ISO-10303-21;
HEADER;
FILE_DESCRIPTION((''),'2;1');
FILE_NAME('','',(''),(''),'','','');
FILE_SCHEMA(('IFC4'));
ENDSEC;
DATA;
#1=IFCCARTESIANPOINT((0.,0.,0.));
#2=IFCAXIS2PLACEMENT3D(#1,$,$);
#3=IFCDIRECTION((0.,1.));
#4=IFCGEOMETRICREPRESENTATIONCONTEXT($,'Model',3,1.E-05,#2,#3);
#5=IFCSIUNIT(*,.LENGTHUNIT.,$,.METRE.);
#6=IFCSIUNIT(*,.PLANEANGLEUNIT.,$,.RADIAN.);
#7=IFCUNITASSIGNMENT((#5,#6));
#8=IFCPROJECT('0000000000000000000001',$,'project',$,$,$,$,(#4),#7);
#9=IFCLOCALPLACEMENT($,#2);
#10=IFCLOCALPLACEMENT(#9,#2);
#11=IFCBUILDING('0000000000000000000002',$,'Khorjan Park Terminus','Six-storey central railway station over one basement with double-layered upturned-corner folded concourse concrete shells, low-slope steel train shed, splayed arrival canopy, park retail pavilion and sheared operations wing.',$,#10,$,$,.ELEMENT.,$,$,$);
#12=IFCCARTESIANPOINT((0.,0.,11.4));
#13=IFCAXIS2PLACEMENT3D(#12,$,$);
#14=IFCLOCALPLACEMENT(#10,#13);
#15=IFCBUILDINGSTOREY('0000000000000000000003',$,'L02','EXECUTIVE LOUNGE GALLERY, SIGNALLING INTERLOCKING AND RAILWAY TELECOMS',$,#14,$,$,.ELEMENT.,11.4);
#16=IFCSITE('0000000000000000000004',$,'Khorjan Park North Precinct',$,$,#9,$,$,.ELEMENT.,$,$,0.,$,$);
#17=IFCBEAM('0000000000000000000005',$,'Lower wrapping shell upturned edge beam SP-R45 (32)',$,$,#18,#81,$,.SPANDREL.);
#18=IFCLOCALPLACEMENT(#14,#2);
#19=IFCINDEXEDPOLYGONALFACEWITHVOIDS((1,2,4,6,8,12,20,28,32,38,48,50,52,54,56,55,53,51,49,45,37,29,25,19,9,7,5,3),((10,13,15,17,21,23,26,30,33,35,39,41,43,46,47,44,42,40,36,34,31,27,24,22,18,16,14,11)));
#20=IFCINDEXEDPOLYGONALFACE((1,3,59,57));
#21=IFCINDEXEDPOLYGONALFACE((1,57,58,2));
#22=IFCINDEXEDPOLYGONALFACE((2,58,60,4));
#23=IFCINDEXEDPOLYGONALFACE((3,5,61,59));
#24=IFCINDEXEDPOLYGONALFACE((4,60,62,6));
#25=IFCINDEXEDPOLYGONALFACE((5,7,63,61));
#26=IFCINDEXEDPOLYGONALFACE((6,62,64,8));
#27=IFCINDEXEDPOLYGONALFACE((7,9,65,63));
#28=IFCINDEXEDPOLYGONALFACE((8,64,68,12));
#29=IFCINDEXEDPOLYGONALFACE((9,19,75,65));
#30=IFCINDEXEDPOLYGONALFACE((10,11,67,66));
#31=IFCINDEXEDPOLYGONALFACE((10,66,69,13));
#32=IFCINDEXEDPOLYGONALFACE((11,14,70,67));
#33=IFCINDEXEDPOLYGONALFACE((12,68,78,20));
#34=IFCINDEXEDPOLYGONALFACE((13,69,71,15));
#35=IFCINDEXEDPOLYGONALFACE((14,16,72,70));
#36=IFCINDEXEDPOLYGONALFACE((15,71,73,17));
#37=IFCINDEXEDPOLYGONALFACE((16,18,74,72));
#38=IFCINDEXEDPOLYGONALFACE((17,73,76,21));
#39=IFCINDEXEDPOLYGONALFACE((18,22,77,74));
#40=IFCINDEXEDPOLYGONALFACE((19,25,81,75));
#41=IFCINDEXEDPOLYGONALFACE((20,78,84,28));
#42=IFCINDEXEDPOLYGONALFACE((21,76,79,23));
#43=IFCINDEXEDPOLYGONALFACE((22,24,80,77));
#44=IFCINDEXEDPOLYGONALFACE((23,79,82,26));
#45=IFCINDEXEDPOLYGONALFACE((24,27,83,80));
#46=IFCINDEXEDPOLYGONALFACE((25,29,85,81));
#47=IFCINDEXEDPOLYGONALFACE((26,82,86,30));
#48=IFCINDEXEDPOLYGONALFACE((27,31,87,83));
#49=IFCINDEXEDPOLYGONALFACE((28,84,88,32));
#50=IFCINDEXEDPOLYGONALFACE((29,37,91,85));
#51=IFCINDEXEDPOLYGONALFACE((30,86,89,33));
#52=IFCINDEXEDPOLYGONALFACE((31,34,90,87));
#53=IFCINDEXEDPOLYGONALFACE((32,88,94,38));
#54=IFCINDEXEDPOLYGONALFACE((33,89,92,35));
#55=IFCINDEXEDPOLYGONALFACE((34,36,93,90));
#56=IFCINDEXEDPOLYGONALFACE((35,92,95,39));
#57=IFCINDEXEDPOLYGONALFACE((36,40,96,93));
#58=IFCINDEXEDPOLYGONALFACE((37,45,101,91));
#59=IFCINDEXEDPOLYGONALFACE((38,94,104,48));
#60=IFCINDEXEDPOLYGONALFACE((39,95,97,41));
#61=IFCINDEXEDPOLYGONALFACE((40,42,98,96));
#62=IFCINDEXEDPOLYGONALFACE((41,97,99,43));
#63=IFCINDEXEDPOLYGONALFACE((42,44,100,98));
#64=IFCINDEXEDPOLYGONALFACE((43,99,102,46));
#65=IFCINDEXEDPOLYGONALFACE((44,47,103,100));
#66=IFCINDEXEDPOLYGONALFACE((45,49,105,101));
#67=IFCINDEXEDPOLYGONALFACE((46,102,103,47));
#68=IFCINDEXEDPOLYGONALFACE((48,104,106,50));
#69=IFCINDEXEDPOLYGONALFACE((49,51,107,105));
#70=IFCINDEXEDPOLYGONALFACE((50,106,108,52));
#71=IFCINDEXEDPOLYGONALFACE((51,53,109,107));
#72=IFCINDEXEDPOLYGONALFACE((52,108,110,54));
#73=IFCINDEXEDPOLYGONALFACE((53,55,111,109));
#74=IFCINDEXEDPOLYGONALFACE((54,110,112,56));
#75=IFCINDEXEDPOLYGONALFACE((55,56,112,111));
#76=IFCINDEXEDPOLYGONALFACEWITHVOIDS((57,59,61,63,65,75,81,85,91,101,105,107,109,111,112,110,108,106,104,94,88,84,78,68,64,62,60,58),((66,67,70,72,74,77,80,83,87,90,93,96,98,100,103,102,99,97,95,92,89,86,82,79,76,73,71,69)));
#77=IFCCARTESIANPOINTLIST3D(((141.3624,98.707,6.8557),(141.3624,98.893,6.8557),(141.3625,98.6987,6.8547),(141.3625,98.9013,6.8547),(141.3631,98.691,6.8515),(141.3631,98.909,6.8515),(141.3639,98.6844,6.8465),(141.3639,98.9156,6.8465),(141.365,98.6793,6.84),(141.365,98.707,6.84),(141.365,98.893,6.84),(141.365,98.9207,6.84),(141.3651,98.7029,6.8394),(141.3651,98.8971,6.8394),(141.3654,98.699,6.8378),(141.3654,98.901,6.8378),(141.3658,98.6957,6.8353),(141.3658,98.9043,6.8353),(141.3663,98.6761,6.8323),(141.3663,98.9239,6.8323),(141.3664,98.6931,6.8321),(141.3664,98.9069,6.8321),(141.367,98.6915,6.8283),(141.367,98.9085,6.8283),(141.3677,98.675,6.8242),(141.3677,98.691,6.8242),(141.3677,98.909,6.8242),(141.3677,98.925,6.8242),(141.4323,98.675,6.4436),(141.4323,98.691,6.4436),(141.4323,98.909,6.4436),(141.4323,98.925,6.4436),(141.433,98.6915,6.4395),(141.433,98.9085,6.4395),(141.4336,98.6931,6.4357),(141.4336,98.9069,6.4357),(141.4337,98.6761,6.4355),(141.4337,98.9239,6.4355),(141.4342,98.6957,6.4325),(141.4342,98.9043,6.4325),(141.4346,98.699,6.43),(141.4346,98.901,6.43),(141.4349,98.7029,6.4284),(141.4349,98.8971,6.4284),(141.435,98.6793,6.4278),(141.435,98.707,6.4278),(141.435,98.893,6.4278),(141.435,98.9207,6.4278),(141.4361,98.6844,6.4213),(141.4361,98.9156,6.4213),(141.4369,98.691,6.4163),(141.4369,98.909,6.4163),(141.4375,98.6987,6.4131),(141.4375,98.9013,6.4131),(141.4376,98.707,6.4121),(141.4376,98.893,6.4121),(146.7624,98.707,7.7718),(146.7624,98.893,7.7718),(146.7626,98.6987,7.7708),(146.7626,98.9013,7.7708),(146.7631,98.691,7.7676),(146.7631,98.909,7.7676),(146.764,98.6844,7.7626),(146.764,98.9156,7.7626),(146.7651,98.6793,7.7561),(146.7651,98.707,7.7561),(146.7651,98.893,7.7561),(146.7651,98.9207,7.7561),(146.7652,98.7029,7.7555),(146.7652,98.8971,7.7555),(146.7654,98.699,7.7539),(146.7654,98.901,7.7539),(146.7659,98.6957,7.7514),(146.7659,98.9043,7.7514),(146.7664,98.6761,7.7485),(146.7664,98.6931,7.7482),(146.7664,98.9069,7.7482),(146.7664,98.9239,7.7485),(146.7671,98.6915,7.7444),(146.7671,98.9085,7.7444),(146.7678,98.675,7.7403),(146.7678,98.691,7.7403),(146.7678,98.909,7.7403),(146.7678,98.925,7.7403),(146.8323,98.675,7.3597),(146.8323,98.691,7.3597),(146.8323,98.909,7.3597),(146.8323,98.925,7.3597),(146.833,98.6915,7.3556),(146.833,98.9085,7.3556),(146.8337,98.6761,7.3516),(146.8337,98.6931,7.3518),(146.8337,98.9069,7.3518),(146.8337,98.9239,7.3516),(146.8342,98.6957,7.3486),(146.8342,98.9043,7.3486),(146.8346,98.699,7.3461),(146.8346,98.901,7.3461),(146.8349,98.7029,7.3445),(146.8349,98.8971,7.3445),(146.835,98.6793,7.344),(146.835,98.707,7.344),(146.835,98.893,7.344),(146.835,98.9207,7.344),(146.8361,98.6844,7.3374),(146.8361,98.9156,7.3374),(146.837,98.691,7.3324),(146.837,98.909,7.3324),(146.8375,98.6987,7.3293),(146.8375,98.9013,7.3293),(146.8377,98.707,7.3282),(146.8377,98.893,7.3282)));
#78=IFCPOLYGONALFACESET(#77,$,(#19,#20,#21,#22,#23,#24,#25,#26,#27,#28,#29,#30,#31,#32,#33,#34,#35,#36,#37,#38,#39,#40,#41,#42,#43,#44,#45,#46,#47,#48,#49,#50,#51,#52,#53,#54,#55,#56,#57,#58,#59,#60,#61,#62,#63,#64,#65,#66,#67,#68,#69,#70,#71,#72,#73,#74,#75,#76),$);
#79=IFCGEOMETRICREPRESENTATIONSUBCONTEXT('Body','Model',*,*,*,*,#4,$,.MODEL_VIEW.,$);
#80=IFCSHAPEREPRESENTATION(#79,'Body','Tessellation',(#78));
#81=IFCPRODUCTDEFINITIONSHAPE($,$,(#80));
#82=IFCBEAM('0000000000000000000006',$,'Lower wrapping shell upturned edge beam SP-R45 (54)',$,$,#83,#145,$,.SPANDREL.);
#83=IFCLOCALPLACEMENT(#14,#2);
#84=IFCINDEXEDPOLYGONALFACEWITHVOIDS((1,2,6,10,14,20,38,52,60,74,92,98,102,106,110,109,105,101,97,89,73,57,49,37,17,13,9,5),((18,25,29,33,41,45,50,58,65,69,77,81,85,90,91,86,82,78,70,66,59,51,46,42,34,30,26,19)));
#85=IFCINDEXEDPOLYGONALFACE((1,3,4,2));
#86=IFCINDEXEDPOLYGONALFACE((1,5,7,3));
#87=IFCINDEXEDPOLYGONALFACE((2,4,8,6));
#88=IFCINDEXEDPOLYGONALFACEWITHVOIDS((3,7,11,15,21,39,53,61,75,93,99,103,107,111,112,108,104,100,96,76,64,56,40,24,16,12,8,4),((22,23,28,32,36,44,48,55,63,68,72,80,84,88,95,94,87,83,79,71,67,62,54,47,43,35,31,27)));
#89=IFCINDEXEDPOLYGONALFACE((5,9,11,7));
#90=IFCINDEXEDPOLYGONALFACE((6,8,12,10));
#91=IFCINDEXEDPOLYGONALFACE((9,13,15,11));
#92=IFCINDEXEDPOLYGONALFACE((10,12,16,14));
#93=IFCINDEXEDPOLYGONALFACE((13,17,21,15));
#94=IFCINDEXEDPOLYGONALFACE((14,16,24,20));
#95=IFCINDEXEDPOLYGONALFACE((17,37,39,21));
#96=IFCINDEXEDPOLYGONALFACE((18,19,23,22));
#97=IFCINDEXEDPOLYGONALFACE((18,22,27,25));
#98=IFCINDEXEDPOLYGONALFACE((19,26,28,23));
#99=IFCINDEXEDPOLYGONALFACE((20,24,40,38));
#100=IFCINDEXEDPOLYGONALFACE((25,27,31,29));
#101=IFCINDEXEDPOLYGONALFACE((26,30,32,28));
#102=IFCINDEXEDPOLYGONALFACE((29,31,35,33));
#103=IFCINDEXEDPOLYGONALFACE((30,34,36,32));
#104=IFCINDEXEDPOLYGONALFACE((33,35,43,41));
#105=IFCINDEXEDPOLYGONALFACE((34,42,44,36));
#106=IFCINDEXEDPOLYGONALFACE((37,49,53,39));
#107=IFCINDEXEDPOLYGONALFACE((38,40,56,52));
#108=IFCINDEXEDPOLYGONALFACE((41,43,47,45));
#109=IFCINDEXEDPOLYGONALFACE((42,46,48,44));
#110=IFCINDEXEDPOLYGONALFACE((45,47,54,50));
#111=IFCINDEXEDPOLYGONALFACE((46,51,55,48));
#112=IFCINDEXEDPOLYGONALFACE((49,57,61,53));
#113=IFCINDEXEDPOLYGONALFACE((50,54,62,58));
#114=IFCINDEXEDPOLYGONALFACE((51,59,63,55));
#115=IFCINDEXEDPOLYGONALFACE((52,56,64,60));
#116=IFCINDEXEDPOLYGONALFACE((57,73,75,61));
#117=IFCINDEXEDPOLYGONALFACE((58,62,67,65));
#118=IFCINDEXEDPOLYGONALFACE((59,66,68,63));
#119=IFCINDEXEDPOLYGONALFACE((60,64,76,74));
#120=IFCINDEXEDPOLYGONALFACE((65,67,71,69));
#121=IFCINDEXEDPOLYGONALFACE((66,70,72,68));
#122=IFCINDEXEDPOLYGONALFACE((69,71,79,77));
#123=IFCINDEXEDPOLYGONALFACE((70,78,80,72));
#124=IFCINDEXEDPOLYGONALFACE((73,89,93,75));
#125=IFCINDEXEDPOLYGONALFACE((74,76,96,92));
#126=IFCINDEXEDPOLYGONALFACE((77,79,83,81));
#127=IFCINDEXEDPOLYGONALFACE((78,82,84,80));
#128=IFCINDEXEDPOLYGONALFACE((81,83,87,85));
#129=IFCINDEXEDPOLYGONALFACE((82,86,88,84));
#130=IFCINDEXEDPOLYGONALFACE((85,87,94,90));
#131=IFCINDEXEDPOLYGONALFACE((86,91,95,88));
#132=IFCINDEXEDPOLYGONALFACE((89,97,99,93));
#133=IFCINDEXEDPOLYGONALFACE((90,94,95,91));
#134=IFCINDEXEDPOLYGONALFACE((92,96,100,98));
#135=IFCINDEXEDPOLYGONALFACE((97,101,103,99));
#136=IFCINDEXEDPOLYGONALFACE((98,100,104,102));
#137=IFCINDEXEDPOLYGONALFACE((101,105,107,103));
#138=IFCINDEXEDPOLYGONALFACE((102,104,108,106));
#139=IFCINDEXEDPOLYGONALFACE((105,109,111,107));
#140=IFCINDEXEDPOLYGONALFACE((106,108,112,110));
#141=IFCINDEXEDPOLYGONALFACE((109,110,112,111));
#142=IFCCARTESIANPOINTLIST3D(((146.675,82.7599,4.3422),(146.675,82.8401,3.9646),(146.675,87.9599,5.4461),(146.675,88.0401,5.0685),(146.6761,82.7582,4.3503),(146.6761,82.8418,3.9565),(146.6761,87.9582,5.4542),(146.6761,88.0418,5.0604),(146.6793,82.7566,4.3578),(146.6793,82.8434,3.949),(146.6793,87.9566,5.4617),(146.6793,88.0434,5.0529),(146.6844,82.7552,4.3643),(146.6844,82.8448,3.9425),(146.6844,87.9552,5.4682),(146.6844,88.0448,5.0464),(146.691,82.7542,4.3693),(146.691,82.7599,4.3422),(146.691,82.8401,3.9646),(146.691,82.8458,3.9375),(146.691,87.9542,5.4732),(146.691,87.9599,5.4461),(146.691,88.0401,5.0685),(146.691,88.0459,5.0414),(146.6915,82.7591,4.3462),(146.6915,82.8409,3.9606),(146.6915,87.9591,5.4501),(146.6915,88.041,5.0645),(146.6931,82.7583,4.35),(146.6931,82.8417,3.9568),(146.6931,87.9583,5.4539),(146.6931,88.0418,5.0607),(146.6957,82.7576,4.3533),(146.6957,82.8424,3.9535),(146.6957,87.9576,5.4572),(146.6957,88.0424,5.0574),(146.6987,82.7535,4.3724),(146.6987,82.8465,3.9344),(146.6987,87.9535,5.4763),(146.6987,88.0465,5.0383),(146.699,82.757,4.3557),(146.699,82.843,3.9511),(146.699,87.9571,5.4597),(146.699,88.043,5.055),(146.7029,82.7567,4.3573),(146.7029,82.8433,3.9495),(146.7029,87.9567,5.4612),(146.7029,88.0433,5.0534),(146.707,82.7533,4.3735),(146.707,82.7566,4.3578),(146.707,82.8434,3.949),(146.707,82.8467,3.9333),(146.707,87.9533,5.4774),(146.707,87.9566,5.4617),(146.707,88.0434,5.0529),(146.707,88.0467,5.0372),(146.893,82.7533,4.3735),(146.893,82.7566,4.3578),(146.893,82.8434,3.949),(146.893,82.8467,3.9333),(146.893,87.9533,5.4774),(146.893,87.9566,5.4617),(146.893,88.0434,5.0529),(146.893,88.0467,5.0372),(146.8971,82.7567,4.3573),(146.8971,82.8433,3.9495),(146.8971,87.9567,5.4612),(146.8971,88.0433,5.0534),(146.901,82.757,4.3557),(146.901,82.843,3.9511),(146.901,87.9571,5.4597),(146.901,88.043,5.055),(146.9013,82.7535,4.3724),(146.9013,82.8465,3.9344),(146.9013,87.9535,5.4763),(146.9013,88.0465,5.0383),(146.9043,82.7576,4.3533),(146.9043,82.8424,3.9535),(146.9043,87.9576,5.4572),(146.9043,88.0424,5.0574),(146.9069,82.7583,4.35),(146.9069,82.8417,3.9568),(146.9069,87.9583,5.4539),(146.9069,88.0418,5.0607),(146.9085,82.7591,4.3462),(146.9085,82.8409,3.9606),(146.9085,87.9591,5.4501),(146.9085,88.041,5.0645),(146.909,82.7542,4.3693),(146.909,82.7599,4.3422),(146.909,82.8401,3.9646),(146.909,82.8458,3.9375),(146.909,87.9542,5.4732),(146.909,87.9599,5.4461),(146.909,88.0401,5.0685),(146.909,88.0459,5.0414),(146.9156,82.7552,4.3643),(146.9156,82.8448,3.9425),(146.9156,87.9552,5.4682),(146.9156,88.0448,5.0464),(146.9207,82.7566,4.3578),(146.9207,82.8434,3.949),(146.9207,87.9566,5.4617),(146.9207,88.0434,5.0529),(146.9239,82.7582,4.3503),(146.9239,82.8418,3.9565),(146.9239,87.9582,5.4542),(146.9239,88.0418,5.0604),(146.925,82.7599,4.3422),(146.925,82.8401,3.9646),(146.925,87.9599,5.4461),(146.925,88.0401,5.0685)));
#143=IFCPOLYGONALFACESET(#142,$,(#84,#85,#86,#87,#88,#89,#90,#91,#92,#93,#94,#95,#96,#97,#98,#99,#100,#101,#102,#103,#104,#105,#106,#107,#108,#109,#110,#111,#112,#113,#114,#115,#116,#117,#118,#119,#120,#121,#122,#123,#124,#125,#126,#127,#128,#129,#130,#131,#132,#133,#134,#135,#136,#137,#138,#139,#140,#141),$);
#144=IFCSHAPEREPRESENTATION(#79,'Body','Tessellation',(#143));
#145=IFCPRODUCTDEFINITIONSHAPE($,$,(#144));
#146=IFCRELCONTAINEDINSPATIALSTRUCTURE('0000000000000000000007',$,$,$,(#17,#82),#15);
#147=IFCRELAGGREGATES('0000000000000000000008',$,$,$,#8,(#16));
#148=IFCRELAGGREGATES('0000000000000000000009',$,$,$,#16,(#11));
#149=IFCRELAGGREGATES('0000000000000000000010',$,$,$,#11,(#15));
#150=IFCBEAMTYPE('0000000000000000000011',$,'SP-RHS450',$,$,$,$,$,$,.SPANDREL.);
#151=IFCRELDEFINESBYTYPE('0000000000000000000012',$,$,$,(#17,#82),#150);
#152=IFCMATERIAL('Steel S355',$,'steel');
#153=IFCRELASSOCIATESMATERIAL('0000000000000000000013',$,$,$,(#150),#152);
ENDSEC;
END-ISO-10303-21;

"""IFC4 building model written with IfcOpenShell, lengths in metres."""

from ifc_helpers import new_model, si_unit, direction, frame, origin, origin_2d, place, context, subcontext, project, spatial, hollow_rectangle, extrude, material, material_profile, profile_set, type_object, element, save


model = new_model("IFC4")

# Units and contexts
model_context = context("Model", 3, precision=1e-05, world=origin(), true_north=direction((0.0, 1.0)))
body_context = subcontext(model_context, "Body", "Model", "MODEL_VIEW")
ifc_project = project(units=[si_unit("LENGTHUNIT", "METRE"), si_unit("PLANEANGLEUNIT", "RADIAN")], contexts=[model_context])

# Site, building, storey
site_placement = place(None, origin())
site = spatial("IfcSite", under=ifc_project, at=site_placement, Name="Khorjan Park North Precinct", CompositionType="ELEMENT", RefElevation=0.0)
building_placement = place(site_placement, origin())
building = spatial("IfcBuilding", under=site, at=building_placement, Name="Khorjan Park Terminus", Description="Six-storey central railway station over one basement with double-layered upturned-corner folded concourse concrete shells, low-slope steel train shed, splayed arrival canopy, park retail pavilion and sheared operations wing.", CompositionType="ELEMENT")
storey_placement = place(building_placement, frame((0.0, 0.0, 11.4)))
storey = spatial("IfcBuildingStorey", under=building, at=storey_placement, Name="L02", Description="EXECUTIVE LOUNGE GALLERY, SIGNALLING INTERLOCKING AND RAILWAY TELECOMS", CompositionType="ELEMENT", Elevation=11.4)

# Shared definitions
ifc_material_1 = material(Name="Steel S355", Category="steel")

# Beams
ifc_material_profile_1 = material_profile(ifc_material_1, hollow_rectangle(XDim=0.25, YDim=0.45, WallThickness=0.016, InnerFilletRadius=0.016, OuterFilletRadius=0.032, at=origin_2d()), Name="RHS 450x250x16")
ifc_profile_set_1 = profile_set([ifc_material_profile_1], Name="Steel S355")
beam_type = type_object("IfcBeamType", Name="SP-RHS450", PredefinedType="SPANDREL", material=ifc_profile_set_1)
beam_1_placement = place(storey_placement, frame((141.4, 98.8, 6.6339), z_axis=(0.985913, 0.0, 0.167258), x_axis=(0.0, 1.0, 0.0)))
element("IfcBeam", 1, at=beam_1_placement, inside=storey, type_object=beam_type, Name="Lower wrapping shell upturned edge beam SP-R45 (32)", PredefinedType="SPANDREL", context=body_context, shape_type="SweptSolid", body=[
    extrude(hollow_rectangle(XDim=0.25, YDim=0.45, WallThickness=0.016, InnerFilletRadius=0.016, OuterFilletRadius=0.032, at=origin_2d()), origin(), (0.0, 0.0, 1.0), 5.4772),
])
beam_2_placement = place(storey_placement, frame((146.8, 82.8, 4.1534), z_axis=(0.0, 0.978201, 0.207661), x_axis=(-1.0, 0.0, 0.0)))
element("IfcBeam", 2, at=beam_2_placement, inside=storey, type_object=beam_type, Name="Lower wrapping shell upturned edge beam SP-R45 (54)", PredefinedType="SPANDREL", context=body_context, shape_type="SweptSolid", body=[
    extrude(hollow_rectangle(XDim=0.25, YDim=0.45, WallThickness=0.016, InnerFilletRadius=0.016, OuterFilletRadius=0.032, at=origin_2d()), origin(), (0.0, 0.0, 1.0), 5.3159),
])

save(model, "model.ifc")
